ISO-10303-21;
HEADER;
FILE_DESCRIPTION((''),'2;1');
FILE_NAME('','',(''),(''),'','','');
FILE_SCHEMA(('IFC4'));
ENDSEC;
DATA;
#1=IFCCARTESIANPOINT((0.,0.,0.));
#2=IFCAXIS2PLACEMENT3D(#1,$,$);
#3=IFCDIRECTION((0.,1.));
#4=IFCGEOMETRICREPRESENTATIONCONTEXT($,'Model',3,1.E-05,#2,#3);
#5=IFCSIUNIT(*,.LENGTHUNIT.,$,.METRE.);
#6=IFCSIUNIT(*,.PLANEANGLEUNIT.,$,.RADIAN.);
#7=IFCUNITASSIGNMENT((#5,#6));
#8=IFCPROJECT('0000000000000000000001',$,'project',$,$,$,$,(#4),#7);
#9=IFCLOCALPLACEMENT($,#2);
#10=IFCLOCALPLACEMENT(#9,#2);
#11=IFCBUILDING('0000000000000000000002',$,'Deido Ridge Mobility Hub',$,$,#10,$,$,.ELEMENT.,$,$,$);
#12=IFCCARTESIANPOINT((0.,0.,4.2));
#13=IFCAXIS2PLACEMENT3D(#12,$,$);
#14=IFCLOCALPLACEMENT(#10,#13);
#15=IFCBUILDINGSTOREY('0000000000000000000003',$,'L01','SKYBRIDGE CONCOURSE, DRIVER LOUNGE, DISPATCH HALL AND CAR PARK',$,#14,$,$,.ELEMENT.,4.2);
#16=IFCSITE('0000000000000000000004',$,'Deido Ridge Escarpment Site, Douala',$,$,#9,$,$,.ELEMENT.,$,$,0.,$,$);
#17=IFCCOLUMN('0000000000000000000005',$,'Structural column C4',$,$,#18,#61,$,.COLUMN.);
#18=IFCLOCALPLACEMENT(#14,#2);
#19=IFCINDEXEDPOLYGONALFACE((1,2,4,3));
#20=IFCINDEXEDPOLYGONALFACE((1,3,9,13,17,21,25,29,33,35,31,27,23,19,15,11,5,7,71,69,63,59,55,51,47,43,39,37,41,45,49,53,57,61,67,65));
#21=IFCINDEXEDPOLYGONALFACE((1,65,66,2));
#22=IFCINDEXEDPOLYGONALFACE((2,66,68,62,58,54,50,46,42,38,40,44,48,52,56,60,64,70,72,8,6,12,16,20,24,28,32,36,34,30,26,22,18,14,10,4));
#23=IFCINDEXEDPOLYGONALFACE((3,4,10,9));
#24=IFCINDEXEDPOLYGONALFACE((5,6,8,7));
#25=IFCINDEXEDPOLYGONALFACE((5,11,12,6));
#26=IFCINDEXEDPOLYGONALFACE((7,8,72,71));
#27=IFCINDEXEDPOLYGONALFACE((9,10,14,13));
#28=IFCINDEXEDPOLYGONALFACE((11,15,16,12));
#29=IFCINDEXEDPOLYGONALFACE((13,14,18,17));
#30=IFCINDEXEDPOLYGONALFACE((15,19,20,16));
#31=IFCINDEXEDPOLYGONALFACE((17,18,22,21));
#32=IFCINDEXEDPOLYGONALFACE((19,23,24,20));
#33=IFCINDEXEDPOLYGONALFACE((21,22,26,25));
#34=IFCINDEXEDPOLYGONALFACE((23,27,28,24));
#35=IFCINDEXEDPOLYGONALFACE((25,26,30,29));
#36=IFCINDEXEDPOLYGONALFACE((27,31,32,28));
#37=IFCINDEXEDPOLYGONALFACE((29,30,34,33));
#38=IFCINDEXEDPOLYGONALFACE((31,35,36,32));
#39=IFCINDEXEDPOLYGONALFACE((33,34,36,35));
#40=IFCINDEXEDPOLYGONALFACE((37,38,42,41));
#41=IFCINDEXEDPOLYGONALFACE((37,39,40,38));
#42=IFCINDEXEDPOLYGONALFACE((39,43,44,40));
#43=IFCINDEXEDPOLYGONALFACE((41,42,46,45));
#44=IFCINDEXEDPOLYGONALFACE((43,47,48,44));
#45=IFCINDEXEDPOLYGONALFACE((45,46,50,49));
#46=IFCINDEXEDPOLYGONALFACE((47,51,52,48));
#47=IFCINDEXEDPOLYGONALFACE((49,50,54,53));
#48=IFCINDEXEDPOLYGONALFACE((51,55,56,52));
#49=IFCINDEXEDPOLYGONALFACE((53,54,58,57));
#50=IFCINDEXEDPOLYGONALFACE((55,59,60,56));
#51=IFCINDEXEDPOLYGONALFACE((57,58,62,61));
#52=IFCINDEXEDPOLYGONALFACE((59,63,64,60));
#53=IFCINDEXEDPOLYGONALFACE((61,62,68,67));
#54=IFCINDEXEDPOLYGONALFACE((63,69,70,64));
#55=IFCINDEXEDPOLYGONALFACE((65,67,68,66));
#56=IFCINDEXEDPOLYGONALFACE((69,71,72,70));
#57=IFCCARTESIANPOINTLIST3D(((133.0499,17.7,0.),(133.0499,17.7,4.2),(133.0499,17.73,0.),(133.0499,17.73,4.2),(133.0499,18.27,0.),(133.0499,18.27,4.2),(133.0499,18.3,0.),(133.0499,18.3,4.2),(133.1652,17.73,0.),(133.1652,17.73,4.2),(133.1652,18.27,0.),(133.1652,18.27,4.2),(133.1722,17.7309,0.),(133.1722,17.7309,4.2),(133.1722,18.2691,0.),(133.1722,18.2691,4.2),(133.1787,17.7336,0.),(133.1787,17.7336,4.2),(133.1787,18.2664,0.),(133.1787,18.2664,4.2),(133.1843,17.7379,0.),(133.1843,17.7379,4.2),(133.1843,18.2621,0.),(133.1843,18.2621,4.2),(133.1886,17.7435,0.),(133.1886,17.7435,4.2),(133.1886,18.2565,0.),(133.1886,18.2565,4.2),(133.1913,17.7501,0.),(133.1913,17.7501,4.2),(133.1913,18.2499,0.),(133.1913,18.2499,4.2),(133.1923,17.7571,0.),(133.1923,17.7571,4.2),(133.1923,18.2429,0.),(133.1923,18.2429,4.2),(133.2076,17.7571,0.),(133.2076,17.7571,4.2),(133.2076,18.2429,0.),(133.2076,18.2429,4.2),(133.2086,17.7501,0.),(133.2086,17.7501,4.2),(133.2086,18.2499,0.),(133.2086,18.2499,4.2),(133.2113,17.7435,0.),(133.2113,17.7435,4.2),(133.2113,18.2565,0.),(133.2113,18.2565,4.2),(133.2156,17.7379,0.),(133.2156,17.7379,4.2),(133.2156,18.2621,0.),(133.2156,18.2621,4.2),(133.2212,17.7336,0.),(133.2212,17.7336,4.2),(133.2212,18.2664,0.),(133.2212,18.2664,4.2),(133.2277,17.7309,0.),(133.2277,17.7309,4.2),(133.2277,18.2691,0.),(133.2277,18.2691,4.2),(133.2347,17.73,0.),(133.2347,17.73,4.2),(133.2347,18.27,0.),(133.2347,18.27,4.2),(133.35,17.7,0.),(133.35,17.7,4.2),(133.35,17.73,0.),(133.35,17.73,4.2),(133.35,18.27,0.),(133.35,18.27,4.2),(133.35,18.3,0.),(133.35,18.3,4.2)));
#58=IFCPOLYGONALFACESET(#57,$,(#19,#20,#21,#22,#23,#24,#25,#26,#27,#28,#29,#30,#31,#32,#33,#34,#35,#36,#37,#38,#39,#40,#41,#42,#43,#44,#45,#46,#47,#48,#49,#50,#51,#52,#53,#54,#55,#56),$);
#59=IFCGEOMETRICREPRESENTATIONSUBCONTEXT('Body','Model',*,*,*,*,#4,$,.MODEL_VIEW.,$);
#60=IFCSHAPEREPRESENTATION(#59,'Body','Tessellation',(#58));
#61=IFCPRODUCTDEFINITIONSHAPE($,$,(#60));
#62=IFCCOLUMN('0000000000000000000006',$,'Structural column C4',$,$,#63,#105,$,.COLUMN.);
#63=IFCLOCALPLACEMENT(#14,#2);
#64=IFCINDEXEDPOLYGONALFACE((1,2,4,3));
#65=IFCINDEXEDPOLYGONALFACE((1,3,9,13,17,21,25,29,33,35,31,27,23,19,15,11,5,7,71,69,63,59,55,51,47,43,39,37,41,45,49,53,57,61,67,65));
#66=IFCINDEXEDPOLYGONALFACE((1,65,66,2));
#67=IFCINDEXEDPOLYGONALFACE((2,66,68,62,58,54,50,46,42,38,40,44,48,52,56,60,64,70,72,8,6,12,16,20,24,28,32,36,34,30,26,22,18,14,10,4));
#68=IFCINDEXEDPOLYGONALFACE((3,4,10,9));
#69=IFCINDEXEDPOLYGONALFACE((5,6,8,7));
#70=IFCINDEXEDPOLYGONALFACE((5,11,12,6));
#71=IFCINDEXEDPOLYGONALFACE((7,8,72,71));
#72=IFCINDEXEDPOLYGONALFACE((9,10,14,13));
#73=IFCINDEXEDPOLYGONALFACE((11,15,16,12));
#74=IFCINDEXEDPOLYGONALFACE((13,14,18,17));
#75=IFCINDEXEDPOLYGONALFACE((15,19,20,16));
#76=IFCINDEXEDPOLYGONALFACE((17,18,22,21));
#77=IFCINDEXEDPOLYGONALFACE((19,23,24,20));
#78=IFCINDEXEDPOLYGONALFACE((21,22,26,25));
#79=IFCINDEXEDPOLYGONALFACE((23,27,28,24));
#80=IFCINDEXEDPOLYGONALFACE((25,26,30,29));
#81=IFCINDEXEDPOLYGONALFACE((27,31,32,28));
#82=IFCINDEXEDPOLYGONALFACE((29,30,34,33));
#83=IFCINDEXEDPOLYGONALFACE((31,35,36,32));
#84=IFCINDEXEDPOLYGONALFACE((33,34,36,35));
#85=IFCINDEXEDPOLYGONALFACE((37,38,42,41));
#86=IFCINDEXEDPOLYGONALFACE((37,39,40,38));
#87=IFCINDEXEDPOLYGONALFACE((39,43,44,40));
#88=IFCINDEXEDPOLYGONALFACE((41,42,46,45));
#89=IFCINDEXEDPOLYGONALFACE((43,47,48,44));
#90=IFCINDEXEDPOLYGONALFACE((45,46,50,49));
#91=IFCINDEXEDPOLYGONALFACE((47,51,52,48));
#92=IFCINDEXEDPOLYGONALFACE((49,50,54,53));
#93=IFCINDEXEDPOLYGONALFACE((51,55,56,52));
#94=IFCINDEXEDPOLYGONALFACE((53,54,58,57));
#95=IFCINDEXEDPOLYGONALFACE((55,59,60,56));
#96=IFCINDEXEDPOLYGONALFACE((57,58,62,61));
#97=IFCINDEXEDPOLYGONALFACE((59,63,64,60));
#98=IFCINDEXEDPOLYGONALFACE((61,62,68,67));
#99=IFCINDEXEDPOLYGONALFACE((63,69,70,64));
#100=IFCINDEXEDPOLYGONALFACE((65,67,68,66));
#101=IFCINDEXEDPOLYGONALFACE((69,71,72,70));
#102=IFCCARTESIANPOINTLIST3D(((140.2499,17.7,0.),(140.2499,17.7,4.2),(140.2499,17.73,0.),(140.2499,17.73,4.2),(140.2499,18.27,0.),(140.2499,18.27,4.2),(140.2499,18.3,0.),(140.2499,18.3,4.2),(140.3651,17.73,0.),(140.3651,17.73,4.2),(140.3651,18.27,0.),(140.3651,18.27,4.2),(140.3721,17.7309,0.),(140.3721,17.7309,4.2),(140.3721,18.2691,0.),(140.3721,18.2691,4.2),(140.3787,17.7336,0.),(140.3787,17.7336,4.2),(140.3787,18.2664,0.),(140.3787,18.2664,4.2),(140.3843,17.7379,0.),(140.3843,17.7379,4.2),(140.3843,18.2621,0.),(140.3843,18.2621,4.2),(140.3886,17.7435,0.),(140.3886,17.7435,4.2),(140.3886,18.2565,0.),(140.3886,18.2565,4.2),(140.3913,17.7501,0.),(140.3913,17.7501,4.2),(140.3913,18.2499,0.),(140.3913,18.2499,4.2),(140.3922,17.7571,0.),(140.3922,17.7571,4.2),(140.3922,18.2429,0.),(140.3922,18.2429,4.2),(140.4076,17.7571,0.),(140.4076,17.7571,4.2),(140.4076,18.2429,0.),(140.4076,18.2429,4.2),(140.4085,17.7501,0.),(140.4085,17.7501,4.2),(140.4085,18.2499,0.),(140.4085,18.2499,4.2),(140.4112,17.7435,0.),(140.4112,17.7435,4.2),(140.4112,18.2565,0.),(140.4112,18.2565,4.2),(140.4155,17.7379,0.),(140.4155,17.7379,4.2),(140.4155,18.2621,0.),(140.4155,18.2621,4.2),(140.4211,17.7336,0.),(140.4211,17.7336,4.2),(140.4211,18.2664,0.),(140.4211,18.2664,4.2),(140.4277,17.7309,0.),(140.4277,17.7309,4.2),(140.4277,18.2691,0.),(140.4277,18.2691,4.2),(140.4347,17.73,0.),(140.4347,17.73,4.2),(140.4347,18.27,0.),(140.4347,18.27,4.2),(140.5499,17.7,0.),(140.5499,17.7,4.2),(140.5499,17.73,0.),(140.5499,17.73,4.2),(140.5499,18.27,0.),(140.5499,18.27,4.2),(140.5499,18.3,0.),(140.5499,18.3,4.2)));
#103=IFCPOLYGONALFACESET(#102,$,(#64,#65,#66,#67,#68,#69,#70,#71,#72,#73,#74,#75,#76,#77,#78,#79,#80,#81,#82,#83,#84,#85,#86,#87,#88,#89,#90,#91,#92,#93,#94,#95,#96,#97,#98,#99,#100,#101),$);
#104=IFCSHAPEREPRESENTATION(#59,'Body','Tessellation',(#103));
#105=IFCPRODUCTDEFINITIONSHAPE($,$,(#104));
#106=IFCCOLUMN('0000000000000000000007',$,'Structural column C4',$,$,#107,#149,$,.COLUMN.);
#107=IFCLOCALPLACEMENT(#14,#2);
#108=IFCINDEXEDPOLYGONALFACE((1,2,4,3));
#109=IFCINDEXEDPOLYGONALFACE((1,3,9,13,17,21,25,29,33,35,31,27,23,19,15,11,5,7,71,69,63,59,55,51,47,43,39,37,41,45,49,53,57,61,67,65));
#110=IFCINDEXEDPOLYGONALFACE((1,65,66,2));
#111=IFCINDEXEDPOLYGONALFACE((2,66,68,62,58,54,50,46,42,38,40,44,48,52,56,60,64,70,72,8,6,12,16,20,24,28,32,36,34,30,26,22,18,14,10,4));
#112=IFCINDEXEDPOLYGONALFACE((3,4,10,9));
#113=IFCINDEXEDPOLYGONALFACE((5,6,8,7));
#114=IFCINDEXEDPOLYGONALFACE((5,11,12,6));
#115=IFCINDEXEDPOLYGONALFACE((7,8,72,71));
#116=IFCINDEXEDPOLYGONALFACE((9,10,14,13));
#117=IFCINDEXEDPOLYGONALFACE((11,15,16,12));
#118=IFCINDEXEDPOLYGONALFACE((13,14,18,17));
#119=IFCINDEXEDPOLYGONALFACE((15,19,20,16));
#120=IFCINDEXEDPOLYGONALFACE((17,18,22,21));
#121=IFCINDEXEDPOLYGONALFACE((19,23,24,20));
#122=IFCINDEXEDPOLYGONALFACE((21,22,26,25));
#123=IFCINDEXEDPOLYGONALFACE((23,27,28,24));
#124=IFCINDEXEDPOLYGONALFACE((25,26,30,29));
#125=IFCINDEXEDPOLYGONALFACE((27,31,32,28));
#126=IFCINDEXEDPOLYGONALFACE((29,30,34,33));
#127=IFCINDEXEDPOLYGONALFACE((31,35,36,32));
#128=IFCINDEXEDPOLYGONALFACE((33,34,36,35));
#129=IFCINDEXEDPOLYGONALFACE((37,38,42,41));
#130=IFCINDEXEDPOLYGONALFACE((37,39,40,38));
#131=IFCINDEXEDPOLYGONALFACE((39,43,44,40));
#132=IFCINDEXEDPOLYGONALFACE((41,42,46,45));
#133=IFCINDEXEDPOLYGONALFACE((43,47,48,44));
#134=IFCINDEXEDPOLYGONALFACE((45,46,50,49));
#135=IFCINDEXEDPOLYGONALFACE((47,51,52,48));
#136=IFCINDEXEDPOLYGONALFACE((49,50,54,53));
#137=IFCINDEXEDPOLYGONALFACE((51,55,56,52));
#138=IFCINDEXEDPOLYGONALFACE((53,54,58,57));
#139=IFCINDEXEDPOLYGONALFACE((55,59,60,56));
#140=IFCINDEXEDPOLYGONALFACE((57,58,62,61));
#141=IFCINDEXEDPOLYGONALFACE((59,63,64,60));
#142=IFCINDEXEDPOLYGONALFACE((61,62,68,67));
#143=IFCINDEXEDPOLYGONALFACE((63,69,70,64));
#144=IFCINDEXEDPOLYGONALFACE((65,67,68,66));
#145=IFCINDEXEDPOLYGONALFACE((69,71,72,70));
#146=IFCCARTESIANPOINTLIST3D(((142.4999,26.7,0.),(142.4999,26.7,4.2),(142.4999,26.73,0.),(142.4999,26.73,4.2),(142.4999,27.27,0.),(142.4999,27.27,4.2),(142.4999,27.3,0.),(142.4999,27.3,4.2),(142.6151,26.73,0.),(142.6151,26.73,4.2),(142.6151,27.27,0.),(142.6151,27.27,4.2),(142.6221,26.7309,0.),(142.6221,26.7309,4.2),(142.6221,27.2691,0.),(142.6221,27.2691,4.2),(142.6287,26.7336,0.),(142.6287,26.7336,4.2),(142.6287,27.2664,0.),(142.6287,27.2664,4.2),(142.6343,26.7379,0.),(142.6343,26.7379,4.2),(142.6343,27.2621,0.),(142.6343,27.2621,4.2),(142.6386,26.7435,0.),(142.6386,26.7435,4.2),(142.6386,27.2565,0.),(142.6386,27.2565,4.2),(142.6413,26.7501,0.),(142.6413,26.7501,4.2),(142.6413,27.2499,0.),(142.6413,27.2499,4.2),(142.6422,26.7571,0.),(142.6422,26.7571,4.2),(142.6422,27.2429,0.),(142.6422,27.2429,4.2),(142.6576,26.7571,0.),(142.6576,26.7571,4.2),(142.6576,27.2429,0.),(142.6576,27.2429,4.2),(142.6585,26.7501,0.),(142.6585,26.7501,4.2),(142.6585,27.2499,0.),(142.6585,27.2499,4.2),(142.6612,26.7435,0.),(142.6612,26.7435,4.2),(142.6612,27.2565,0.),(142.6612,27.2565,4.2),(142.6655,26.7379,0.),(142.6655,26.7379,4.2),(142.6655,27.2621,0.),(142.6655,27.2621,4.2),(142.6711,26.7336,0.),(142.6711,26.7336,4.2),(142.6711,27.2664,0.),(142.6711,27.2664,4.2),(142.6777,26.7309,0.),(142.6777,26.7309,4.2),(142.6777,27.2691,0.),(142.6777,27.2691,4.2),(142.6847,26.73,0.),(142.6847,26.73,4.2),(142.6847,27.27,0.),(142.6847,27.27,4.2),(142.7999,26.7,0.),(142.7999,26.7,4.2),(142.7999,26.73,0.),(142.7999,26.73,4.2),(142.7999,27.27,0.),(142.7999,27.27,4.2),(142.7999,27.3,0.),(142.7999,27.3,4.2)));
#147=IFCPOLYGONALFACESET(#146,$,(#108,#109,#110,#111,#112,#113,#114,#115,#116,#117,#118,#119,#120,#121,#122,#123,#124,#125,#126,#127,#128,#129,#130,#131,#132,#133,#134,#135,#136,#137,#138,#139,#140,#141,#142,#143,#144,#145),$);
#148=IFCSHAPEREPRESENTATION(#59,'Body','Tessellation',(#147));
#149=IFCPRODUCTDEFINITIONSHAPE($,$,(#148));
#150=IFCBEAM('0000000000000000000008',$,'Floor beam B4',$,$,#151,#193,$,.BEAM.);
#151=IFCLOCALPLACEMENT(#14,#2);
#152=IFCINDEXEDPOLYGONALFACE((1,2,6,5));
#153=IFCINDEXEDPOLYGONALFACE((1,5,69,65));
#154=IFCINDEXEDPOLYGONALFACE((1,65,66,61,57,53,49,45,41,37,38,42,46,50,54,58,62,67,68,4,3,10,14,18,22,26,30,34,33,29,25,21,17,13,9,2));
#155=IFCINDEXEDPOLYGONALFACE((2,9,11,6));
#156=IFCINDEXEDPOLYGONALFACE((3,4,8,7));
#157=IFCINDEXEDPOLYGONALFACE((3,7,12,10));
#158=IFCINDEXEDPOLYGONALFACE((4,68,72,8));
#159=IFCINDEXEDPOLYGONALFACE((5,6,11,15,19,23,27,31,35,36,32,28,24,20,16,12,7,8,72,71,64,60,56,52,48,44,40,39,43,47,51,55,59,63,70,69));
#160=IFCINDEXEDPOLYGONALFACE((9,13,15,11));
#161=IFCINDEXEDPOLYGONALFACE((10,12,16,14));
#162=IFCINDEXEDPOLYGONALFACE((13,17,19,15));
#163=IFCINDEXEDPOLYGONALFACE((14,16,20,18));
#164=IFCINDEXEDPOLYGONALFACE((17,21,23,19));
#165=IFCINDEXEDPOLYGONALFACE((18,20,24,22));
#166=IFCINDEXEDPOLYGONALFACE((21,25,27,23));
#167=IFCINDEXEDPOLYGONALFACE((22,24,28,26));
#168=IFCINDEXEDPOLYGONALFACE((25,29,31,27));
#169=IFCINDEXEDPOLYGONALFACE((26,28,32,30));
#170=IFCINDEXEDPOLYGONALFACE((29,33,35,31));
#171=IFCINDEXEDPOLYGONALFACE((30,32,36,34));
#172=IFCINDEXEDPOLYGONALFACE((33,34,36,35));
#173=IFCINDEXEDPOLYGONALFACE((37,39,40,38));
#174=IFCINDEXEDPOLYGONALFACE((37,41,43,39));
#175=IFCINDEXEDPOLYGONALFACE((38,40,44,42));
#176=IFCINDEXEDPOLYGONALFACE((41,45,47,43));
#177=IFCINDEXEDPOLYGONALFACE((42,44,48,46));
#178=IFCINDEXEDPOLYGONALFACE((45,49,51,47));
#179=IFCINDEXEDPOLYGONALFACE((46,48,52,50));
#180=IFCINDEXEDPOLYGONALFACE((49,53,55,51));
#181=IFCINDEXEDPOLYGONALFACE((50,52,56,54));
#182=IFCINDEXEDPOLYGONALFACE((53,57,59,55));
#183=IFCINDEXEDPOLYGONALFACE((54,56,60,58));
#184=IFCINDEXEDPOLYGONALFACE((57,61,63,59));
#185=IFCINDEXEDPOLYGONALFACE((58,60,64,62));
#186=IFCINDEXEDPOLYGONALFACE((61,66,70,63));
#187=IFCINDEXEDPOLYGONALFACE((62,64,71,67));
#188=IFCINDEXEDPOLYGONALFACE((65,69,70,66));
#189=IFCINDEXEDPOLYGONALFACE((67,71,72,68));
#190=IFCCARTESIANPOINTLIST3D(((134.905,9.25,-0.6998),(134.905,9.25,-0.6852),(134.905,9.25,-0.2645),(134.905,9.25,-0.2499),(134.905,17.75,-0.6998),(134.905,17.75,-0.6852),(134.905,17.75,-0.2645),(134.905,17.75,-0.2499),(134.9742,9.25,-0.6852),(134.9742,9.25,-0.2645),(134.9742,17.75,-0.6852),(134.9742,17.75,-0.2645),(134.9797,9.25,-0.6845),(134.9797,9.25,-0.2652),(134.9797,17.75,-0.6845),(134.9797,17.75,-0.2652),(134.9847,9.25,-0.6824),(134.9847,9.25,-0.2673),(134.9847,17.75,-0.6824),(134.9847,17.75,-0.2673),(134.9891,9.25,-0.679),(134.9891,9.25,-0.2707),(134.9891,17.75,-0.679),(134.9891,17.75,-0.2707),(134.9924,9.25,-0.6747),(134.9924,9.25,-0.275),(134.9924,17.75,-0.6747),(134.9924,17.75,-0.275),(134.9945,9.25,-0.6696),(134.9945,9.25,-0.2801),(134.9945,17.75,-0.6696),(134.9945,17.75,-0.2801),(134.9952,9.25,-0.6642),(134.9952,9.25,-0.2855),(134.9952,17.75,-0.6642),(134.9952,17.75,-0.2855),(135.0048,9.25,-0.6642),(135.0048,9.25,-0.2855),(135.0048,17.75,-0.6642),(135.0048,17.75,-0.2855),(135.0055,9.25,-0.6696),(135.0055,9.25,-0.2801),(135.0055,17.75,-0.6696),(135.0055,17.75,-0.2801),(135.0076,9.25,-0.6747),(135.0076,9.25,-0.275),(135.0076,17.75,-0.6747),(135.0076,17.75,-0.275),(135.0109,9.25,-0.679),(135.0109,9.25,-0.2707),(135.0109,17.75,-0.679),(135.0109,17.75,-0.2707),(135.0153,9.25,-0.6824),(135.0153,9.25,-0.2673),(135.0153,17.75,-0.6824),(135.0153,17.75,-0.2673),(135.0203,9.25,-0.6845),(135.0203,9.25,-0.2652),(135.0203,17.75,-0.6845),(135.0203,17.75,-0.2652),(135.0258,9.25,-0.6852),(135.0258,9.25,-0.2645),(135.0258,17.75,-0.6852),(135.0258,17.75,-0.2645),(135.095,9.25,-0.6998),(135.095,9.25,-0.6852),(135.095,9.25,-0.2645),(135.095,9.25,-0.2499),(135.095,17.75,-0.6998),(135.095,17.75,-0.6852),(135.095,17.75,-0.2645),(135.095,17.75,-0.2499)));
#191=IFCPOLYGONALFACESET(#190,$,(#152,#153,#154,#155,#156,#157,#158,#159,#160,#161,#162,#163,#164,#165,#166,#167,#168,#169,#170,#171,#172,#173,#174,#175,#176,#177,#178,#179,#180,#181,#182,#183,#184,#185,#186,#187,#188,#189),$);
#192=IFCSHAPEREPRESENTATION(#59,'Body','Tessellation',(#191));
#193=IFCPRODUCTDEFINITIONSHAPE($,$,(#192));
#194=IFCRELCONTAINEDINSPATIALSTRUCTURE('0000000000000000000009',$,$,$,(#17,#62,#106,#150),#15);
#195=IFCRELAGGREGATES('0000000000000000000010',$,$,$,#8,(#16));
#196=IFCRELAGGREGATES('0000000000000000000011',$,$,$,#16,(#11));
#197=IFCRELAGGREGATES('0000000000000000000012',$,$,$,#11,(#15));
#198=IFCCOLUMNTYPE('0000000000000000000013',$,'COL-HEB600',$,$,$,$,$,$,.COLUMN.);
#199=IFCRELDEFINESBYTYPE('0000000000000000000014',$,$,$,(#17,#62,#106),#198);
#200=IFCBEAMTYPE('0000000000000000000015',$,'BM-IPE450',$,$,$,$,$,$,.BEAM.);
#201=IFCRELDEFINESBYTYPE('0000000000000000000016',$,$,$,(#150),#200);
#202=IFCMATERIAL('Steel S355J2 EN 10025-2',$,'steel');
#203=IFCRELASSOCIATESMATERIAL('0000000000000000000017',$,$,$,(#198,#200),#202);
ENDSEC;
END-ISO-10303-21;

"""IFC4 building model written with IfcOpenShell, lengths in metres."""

from ifc_helpers import new_model, si_unit, direction, frame, origin, origin_2d, place, context, subcontext, project, spatial, i_section, extrude, material, material_profile, profile_set, type_object, element, save


model = new_model("IFC4")

# Units and contexts
model_context = context("Model", 3, precision=1e-05, world=origin(), true_north=direction((0.0, 1.0)))
body_context = subcontext(model_context, "Body", "Model", "MODEL_VIEW")
ifc_project = project(units=[si_unit("LENGTHUNIT", "METRE"), si_unit("PLANEANGLEUNIT", "RADIAN")], contexts=[model_context])

# Site, building, storey
site_placement = place(None, origin())
site = spatial("IfcSite", under=ifc_project, at=site_placement, Name="Deido Ridge Escarpment Site, Douala", CompositionType="ELEMENT", RefElevation=0.0)
building_placement = place(site_placement, origin())
building = spatial("IfcBuilding", under=site, at=building_placement, Name="Deido Ridge Mobility Hub", CompositionType="ELEMENT")
storey_placement = place(building_placement, frame((0.0, 0.0, 4.2)))
storey = spatial("IfcBuildingStorey", under=building, at=storey_placement, Name="L01", Description="SKYBRIDGE CONCOURSE, DRIVER LOUNGE, DISPATCH HALL AND CAR PARK", CompositionType="ELEMENT", Elevation=4.2)

# Columns
ifc_material_1 = material(Name="Steel S355J2 EN 10025-2", Category="steel")
ifc_material_profile_1 = material_profile(ifc_material_1, i_section(OverallWidth=0.3, OverallDepth=0.6001, WebThickness=0.0154, FlangeThickness=0.03, FilletRadius=0.0271, at=origin_2d()), Name="HEB 600")
ifc_profile_set_1 = profile_set([ifc_material_profile_1], Name="Steel S355J2 EN 10025-2")
column_type_1 = type_object("IfcColumnType", Name="COL-HEB600", PredefinedType="COLUMN", material=ifc_profile_set_1)
for number, where, z_axis, x_axis, name in (
    (1, (133.2, 18.0, 0.0), (0.0, 0.0, 1.0), (1.0, 0.0, 0.0), "Structural column C4"),
    (2, (140.3999, 18.0, 0.0), (0.0, 0.0, 1.0), (1.0, 0.0, 0.0), "Structural column C4"),
    (3, (142.6499, 27.0, 0.0), (0.0, 0.0, 1.0), (1.0, 0.0, 0.0), "Structural column C4"),
):
    element("IfcColumn", number, at=place(storey_placement, frame(where, z_axis=z_axis, x_axis=x_axis)), inside=storey, type_object=column_type_1, Name=name, PredefinedType="COLUMN", context=body_context, shape_type="SweptSolid", body=[
        extrude(i_section(OverallWidth=0.3, OverallDepth=0.6001, WebThickness=0.0154, FlangeThickness=0.03, FilletRadius=0.0271, at=origin_2d()), origin(), (0.0, 0.0, 1.0), 4.2),
    ])

# Beam
ifc_material_profile_2 = material_profile(ifc_material_1, i_section(OverallWidth=0.1899, OverallDepth=0.45, WebThickness=0.0095, FlangeThickness=0.0146, FilletRadius=0.021, at=origin_2d()), Name="IPE 450")
ifc_profile_set_2 = profile_set([ifc_material_profile_2], Name="Steel S355J2 EN 10025-2")
beam_type_1 = type_object("IfcBeamType", Name="BM-IPE450", PredefinedType="BEAM", material=ifc_profile_set_2)
for number, where, z_axis, x_axis, name in (
    (4, (135.0, 9.25, -0.4749), (0.0, 1.0, 0.0), (-1.0, 0.0, 0.0), "Floor beam B4"),
):
    element("IfcBeam", number, at=place(storey_placement, frame(where, z_axis=z_axis, x_axis=x_axis)), inside=storey, type_object=beam_type_1, Name=name, PredefinedType="BEAM", context=body_context, shape_type="SweptSolid", body=[
        extrude(i_section(OverallWidth=0.1899, OverallDepth=0.45, WebThickness=0.0095, FlangeThickness=0.0146, FilletRadius=0.021, at=origin_2d()), origin(), (0.0, 0.0, 1.0), 8.5),
    ])

save(model, "model.ifc")
